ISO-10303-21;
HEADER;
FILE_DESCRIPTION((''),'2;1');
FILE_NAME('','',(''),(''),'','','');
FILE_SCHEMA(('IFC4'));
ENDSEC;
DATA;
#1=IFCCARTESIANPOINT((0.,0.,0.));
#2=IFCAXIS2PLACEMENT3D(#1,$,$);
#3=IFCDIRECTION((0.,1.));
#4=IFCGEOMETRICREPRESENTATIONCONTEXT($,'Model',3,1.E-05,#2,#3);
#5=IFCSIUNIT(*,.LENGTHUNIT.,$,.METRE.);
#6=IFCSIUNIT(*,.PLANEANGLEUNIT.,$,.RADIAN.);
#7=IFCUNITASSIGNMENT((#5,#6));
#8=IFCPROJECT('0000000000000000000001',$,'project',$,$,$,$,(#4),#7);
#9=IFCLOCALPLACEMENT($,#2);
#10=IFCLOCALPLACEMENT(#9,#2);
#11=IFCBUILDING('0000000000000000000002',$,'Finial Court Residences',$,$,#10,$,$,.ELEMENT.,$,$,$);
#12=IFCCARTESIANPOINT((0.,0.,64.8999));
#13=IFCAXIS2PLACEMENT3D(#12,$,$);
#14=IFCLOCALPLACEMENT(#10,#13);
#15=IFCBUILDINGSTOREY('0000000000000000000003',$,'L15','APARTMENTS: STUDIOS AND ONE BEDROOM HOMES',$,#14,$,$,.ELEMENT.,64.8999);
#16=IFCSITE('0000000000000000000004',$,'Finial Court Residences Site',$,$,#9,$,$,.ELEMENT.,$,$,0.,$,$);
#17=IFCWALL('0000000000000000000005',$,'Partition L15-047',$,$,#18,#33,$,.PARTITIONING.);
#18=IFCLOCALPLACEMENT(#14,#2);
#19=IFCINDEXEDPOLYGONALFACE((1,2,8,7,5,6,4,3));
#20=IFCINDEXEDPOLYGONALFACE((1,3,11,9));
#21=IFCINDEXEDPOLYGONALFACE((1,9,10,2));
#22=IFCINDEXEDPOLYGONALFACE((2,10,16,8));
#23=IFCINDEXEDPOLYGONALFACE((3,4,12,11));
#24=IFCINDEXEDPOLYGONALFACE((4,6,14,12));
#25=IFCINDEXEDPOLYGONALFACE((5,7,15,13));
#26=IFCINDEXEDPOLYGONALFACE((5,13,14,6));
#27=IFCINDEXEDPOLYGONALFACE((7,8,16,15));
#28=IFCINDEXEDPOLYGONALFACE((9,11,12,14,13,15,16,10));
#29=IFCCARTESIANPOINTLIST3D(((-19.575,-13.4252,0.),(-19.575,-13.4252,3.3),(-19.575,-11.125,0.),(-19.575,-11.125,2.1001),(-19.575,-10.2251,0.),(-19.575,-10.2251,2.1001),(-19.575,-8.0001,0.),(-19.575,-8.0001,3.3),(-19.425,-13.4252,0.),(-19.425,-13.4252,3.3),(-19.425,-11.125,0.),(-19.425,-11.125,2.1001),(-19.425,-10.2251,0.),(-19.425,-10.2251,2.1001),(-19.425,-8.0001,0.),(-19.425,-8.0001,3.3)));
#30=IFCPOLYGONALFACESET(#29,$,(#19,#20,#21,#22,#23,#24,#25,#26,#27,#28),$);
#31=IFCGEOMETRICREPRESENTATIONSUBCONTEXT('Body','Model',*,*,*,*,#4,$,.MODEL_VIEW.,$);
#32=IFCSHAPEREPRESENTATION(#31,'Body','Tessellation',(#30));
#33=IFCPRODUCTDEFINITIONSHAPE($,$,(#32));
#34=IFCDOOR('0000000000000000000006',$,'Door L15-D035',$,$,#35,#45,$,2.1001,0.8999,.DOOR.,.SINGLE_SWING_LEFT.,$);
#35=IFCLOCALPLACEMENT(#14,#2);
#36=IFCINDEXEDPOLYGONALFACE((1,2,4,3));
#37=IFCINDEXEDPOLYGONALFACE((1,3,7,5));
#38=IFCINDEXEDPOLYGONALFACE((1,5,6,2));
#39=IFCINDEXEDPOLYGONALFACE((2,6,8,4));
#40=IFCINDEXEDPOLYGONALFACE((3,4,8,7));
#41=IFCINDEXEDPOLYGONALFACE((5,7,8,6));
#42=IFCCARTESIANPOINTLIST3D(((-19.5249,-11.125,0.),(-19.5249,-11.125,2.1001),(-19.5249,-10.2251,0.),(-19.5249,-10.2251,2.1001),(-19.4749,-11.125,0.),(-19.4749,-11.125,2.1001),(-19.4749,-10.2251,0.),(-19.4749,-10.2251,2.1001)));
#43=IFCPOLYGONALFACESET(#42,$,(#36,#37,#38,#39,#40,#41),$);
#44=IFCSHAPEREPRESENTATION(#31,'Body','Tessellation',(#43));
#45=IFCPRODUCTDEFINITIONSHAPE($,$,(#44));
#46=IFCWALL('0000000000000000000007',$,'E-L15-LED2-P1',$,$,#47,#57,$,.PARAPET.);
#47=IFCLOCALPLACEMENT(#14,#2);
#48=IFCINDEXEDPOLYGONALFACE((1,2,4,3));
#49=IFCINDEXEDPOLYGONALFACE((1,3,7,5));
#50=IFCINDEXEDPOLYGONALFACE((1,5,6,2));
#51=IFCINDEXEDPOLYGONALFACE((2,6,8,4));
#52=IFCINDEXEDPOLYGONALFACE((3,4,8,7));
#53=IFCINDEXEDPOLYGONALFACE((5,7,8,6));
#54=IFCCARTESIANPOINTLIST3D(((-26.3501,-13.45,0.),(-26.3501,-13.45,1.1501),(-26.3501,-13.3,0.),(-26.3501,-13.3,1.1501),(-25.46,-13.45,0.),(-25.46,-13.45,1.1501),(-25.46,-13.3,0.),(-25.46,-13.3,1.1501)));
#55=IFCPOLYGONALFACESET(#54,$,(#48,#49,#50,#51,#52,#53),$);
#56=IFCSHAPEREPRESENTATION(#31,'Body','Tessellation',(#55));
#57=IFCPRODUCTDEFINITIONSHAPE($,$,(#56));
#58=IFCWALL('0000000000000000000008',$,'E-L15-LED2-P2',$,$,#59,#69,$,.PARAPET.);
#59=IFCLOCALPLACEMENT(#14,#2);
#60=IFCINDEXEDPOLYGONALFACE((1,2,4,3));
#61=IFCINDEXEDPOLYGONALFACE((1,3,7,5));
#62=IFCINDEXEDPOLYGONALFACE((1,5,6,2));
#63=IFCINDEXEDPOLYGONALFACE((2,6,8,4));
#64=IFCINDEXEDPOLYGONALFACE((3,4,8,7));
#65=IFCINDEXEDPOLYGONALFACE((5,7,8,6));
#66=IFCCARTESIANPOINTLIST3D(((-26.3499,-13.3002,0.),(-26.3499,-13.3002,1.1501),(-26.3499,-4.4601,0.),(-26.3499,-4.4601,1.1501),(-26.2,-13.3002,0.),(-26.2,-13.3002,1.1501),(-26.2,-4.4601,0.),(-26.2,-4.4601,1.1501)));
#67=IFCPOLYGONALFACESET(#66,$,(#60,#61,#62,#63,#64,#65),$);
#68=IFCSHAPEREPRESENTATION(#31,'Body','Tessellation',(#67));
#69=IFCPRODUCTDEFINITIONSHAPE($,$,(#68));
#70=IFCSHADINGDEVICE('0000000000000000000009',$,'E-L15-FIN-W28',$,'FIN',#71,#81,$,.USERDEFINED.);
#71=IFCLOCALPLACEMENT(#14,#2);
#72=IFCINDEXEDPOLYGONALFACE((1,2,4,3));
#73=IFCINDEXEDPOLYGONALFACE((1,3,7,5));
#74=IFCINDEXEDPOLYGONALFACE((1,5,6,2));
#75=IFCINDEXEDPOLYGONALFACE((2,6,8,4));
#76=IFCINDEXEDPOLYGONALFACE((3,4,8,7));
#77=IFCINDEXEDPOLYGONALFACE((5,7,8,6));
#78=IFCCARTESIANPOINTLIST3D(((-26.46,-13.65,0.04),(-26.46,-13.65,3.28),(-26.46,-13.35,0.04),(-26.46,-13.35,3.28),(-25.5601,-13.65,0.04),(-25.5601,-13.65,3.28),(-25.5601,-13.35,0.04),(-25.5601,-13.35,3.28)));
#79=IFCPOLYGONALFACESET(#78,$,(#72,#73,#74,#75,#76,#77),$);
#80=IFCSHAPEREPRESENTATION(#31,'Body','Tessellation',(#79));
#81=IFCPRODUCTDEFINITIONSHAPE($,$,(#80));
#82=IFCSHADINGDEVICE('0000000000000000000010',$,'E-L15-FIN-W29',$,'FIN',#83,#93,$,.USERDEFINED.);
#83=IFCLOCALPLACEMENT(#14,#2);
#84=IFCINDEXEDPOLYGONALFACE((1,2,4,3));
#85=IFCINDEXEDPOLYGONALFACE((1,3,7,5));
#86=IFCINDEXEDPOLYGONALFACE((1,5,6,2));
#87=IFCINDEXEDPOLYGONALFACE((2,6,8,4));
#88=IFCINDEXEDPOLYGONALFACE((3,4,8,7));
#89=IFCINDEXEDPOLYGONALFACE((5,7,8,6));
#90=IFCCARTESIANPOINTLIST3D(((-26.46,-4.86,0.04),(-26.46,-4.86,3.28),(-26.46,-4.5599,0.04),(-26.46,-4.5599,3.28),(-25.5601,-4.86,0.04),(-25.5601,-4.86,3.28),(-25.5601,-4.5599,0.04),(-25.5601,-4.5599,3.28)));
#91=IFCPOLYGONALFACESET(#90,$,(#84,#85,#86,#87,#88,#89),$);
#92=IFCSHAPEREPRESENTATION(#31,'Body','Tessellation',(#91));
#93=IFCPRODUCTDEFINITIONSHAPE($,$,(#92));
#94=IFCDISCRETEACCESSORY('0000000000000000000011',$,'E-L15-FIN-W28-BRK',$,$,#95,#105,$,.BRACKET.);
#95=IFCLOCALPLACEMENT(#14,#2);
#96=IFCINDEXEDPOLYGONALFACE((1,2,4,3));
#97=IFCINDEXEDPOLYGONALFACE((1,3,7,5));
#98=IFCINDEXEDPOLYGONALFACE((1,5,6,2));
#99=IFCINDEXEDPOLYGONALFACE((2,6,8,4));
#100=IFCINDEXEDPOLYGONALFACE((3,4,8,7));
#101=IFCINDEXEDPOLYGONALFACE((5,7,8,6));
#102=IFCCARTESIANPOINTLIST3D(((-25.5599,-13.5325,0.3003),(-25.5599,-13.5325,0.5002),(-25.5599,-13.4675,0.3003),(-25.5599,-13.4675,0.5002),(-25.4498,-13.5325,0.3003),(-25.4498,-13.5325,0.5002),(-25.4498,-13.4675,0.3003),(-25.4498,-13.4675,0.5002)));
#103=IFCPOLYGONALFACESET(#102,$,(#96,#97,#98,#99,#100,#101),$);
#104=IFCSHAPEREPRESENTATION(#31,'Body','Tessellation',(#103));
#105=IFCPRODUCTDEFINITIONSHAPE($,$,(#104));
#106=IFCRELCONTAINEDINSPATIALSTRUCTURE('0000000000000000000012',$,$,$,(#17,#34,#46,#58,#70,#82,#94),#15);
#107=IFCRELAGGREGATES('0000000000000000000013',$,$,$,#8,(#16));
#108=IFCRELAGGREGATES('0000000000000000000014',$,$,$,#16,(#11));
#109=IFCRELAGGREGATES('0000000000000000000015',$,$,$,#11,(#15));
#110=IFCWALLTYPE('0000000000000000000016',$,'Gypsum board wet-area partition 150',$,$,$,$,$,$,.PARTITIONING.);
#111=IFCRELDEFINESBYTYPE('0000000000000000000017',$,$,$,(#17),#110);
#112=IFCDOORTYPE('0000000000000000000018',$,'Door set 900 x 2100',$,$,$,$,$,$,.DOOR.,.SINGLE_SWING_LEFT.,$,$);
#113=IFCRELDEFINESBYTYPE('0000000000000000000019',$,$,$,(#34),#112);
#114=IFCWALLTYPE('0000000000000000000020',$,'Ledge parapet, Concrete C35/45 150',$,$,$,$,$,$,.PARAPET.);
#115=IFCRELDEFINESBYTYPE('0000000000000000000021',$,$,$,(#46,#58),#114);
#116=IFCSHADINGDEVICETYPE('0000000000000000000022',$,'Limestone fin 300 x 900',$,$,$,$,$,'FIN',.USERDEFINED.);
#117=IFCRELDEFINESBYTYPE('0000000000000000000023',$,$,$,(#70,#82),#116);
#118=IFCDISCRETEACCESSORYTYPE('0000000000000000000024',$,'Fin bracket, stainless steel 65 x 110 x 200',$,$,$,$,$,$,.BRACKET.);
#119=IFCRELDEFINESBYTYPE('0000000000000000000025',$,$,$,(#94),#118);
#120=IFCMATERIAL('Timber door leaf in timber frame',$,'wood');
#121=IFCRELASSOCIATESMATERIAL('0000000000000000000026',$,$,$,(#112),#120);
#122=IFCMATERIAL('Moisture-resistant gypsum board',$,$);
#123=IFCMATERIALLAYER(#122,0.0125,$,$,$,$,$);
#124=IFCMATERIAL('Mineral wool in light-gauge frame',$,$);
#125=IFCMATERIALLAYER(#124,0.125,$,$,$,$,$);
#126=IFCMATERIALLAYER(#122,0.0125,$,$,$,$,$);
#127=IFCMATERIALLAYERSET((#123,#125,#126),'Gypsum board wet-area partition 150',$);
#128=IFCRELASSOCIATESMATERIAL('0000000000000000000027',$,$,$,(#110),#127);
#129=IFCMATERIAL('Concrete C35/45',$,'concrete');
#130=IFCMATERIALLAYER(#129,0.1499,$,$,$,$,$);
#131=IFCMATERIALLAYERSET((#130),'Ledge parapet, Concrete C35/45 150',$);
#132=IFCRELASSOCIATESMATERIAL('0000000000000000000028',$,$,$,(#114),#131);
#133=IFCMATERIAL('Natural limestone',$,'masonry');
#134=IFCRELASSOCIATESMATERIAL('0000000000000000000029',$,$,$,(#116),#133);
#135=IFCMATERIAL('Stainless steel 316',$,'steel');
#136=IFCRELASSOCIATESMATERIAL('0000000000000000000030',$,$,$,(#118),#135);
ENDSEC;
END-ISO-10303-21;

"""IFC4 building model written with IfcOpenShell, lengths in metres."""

from ifc_helpers import new_model, si_unit, direction, frame, frame_2d, origin, origin_2d, place, context, subcontext, project, spatial, rectangle, extrude, material, layer, layer_set, type_object, element, fill, save


model = new_model("IFC4")

# Units and contexts
model_context = context("Model", 3, precision=1e-05, world=origin(), true_north=direction((0.0, 1.0)))
body_context = subcontext(model_context, "Body", "Model", "MODEL_VIEW")
ifc_project = project(units=[si_unit("LENGTHUNIT", "METRE"), si_unit("PLANEANGLEUNIT", "RADIAN")], contexts=[model_context])

# Site, building, storey
site_placement = place(None, origin())
site = spatial("IfcSite", under=ifc_project, at=site_placement, Name="Finial Court Residences Site", CompositionType="ELEMENT", RefElevation=0.0)
building_placement = place(site_placement, origin())
building = spatial("IfcBuilding", under=site, at=building_placement, Name="Finial Court Residences", CompositionType="ELEMENT")
storey_placement = place(building_placement, frame((0.0, 0.0, 64.8999)))
storey = spatial("IfcBuildingStorey", under=building, at=storey_placement, Name="L15", Description="APARTMENTS: STUDIOS AND ONE BEDROOM HOMES", CompositionType="ELEMENT", Elevation=64.8999)

# Shared definitions
ifc_material_1 = material(Name="Mineral wool in light-gauge frame")
ifc_material_2 = material(Name="Timber door leaf in timber frame", Category="wood")
door_type_1 = type_object("IfcDoorType", Name="Door set 900 x 2100", OperationType="SINGLE_SWING_LEFT", PredefinedType="DOOR", material=ifc_material_2)

# Shared definitions
ifc_material_3 = material(Name="Moisture-resistant gypsum board")
ifc_layer_1 = layer(ifc_material_3, 0.0125)
ifc_layer_2 = layer(ifc_material_1, 0.125)
ifc_layer_3 = layer(ifc_material_3, 0.0125)
ifc_layer_set_1 = layer_set([ifc_layer_1, ifc_layer_2, ifc_layer_3], Name="Gypsum board wet-area partition 150")
wall_type_1 = type_object("IfcWallType", Name="Gypsum board wet-area partition 150", PredefinedType="PARTITIONING", material=ifc_layer_set_1)

# Wall, opening, door
wall_1_placement = place(storey_placement, frame((-19.5, -13.425, 0.0), z_axis=(0.0, 0.0, 1.0), x_axis=(0.0, 1.0, 0.0)))
wall_1 = element("IfcWall", 1, at=wall_1_placement, inside=storey, type_object=wall_type_1, Name="Partition L15-047", PredefinedType="PARTITIONING", context=body_context, shape_type="SweptSolid", body=[
    extrude(rectangle(XDim=5.425, YDim=0.1499, at=frame_2d((2.7124, 0.0))), origin(), (0.0, 0.0, 1.0), 3.3),
])
opening_1_placement = place(wall_1_placement, frame((2.3, 0.0, 0.0)))
opening_1 = element("IfcOpeningElement", 2, at=opening_1_placement, cuts=wall_1, PredefinedType="OPENING", context=body_context, shape_type="SweptSolid", body=[
    extrude(rectangle(XDim=0.8999, YDim=2.1001, at=frame_2d((0.45, 1.05))), frame((0.0, 0.085, 0.0), z_axis=(0.0, -1.0, 0.0), x_axis=(1.0, 0.0, 0.0)), (0.0, 0.0, 1.0), 0.1699),
])
door_1_placement = place(opening_1_placement, origin())
door_1 = element("IfcDoor", 3, at=door_1_placement, inside=storey, type_object=door_type_1, Name="Door L15-D035", OperationType="SINGLE_SWING_LEFT", OverallHeight=2.1001, OverallWidth=0.8999, PredefinedType="DOOR", context=body_context, shape_type="SweptSolid", body=[
    extrude(rectangle(XDim=0.8999, YDim=2.1001, at=frame_2d((0.45, 1.05))), frame((0.0, 0.0249, 0.0), z_axis=(0.0, -1.0, 0.0), x_axis=(1.0, 0.0, 0.0)), (0.0, 0.0, 1.0), 0.05),
])
fill(opening_1, door_1)

# Walls
ifc_material_4 = material(Name="Concrete C35/45", Category="concrete")
ifc_layer_4 = layer(ifc_material_4, 0.1499)
ifc_layer_set_2 = layer_set([ifc_layer_4], Name="Ledge parapet, Concrete C35/45 150")
wall_type_2 = type_object("IfcWallType", Name="Ledge parapet, Concrete C35/45 150", PredefinedType="PARAPET", material=ifc_layer_set_2)
wall_2_placement = place(storey_placement, frame((-25.46, -13.375, 0.0), z_axis=(0.0, 0.0, 1.0), x_axis=(-1.0, 0.0, 0.0)))
element("IfcWall", 4, at=wall_2_placement, inside=storey, type_object=wall_type_2, Name="E-L15-LED2-P1", PredefinedType="PARAPET", context=body_context, shape_type="SweptSolid", body=[
    extrude(rectangle(XDim=0.8901, YDim=0.1499, at=frame_2d((0.4451, 0.0))), origin(), (0.0, 0.0, 1.0), 1.1501),
])
wall_3_placement = place(storey_placement, frame((-26.2749, -13.3, 0.0), z_axis=(0.0, 0.0, 1.0), x_axis=(0.0, 1.0, 0.0)))
element("IfcWall", 5, at=wall_3_placement, inside=storey, type_object=wall_type_2, Name="E-L15-LED2-P2", PredefinedType="PARAPET", context=body_context, shape_type="SweptSolid", body=[
    extrude(rectangle(XDim=8.8401, YDim=0.1499, at=frame_2d((4.4199, 0.0))), origin(), (0.0, 0.0, 1.0), 1.1501),
])

# Shading devices
ifc_material_5 = material(Name="Natural limestone", Category="masonry")
shading_device_type = type_object("IfcShadingDeviceType", Name="Limestone fin 300 x 900", ElementType="FIN", PredefinedType="USERDEFINED", material=ifc_material_5)
for number, where, z_axis, x_axis, name in (
    (6, (-26.01, -13.5, 0.04), (0.0, 0.0, 1.0), (1.0, 0.0, 0.0), "E-L15-FIN-W28"),
    (7, (-26.01, -4.71, 0.04), (0.0, 0.0, 1.0), (1.0, 0.0, 0.0), "E-L15-FIN-W29"),
):
    element("IfcShadingDevice", number, at=place(storey_placement, frame(where, z_axis=z_axis, x_axis=x_axis)), inside=storey, type_object=shading_device_type, Name=name, ObjectType="FIN", PredefinedType="USERDEFINED", context=body_context, shape_type="SweptSolid", body=[
        extrude(rectangle(XDim=0.8999, YDim=0.3, at=origin_2d()), origin(), (0.0, 0.0, 1.0), 3.24),
    ])

# Discrete accessory
ifc_material_6 = material(Name="Stainless steel 316", Category="steel")
discrete_accessory_type = type_object("IfcDiscreteAccessoryType", Name="Fin bracket, stainless steel 65 x 110 x 200", PredefinedType="BRACKET", material=ifc_material_6)
discrete_accessory_placement = place(storey_placement, frame((-25.5049, -13.5, 0.3003), z_axis=(0.0, 0.0, 1.0), x_axis=(1.0, 0.0, 0.0)))
element("IfcDiscreteAccessory", 8, at=discrete_accessory_placement, inside=storey, type_object=discrete_accessory_type, Name="E-L15-FIN-W28-BRK", PredefinedType="BRACKET", context=body_context, shape_type="SweptSolid", body=[
    extrude(rectangle(XDim=0.1101, YDim=0.0649, at=origin_2d()), origin(), (0.0, 0.0, 1.0), 0.2),
])

save(model, "model.ifc")
